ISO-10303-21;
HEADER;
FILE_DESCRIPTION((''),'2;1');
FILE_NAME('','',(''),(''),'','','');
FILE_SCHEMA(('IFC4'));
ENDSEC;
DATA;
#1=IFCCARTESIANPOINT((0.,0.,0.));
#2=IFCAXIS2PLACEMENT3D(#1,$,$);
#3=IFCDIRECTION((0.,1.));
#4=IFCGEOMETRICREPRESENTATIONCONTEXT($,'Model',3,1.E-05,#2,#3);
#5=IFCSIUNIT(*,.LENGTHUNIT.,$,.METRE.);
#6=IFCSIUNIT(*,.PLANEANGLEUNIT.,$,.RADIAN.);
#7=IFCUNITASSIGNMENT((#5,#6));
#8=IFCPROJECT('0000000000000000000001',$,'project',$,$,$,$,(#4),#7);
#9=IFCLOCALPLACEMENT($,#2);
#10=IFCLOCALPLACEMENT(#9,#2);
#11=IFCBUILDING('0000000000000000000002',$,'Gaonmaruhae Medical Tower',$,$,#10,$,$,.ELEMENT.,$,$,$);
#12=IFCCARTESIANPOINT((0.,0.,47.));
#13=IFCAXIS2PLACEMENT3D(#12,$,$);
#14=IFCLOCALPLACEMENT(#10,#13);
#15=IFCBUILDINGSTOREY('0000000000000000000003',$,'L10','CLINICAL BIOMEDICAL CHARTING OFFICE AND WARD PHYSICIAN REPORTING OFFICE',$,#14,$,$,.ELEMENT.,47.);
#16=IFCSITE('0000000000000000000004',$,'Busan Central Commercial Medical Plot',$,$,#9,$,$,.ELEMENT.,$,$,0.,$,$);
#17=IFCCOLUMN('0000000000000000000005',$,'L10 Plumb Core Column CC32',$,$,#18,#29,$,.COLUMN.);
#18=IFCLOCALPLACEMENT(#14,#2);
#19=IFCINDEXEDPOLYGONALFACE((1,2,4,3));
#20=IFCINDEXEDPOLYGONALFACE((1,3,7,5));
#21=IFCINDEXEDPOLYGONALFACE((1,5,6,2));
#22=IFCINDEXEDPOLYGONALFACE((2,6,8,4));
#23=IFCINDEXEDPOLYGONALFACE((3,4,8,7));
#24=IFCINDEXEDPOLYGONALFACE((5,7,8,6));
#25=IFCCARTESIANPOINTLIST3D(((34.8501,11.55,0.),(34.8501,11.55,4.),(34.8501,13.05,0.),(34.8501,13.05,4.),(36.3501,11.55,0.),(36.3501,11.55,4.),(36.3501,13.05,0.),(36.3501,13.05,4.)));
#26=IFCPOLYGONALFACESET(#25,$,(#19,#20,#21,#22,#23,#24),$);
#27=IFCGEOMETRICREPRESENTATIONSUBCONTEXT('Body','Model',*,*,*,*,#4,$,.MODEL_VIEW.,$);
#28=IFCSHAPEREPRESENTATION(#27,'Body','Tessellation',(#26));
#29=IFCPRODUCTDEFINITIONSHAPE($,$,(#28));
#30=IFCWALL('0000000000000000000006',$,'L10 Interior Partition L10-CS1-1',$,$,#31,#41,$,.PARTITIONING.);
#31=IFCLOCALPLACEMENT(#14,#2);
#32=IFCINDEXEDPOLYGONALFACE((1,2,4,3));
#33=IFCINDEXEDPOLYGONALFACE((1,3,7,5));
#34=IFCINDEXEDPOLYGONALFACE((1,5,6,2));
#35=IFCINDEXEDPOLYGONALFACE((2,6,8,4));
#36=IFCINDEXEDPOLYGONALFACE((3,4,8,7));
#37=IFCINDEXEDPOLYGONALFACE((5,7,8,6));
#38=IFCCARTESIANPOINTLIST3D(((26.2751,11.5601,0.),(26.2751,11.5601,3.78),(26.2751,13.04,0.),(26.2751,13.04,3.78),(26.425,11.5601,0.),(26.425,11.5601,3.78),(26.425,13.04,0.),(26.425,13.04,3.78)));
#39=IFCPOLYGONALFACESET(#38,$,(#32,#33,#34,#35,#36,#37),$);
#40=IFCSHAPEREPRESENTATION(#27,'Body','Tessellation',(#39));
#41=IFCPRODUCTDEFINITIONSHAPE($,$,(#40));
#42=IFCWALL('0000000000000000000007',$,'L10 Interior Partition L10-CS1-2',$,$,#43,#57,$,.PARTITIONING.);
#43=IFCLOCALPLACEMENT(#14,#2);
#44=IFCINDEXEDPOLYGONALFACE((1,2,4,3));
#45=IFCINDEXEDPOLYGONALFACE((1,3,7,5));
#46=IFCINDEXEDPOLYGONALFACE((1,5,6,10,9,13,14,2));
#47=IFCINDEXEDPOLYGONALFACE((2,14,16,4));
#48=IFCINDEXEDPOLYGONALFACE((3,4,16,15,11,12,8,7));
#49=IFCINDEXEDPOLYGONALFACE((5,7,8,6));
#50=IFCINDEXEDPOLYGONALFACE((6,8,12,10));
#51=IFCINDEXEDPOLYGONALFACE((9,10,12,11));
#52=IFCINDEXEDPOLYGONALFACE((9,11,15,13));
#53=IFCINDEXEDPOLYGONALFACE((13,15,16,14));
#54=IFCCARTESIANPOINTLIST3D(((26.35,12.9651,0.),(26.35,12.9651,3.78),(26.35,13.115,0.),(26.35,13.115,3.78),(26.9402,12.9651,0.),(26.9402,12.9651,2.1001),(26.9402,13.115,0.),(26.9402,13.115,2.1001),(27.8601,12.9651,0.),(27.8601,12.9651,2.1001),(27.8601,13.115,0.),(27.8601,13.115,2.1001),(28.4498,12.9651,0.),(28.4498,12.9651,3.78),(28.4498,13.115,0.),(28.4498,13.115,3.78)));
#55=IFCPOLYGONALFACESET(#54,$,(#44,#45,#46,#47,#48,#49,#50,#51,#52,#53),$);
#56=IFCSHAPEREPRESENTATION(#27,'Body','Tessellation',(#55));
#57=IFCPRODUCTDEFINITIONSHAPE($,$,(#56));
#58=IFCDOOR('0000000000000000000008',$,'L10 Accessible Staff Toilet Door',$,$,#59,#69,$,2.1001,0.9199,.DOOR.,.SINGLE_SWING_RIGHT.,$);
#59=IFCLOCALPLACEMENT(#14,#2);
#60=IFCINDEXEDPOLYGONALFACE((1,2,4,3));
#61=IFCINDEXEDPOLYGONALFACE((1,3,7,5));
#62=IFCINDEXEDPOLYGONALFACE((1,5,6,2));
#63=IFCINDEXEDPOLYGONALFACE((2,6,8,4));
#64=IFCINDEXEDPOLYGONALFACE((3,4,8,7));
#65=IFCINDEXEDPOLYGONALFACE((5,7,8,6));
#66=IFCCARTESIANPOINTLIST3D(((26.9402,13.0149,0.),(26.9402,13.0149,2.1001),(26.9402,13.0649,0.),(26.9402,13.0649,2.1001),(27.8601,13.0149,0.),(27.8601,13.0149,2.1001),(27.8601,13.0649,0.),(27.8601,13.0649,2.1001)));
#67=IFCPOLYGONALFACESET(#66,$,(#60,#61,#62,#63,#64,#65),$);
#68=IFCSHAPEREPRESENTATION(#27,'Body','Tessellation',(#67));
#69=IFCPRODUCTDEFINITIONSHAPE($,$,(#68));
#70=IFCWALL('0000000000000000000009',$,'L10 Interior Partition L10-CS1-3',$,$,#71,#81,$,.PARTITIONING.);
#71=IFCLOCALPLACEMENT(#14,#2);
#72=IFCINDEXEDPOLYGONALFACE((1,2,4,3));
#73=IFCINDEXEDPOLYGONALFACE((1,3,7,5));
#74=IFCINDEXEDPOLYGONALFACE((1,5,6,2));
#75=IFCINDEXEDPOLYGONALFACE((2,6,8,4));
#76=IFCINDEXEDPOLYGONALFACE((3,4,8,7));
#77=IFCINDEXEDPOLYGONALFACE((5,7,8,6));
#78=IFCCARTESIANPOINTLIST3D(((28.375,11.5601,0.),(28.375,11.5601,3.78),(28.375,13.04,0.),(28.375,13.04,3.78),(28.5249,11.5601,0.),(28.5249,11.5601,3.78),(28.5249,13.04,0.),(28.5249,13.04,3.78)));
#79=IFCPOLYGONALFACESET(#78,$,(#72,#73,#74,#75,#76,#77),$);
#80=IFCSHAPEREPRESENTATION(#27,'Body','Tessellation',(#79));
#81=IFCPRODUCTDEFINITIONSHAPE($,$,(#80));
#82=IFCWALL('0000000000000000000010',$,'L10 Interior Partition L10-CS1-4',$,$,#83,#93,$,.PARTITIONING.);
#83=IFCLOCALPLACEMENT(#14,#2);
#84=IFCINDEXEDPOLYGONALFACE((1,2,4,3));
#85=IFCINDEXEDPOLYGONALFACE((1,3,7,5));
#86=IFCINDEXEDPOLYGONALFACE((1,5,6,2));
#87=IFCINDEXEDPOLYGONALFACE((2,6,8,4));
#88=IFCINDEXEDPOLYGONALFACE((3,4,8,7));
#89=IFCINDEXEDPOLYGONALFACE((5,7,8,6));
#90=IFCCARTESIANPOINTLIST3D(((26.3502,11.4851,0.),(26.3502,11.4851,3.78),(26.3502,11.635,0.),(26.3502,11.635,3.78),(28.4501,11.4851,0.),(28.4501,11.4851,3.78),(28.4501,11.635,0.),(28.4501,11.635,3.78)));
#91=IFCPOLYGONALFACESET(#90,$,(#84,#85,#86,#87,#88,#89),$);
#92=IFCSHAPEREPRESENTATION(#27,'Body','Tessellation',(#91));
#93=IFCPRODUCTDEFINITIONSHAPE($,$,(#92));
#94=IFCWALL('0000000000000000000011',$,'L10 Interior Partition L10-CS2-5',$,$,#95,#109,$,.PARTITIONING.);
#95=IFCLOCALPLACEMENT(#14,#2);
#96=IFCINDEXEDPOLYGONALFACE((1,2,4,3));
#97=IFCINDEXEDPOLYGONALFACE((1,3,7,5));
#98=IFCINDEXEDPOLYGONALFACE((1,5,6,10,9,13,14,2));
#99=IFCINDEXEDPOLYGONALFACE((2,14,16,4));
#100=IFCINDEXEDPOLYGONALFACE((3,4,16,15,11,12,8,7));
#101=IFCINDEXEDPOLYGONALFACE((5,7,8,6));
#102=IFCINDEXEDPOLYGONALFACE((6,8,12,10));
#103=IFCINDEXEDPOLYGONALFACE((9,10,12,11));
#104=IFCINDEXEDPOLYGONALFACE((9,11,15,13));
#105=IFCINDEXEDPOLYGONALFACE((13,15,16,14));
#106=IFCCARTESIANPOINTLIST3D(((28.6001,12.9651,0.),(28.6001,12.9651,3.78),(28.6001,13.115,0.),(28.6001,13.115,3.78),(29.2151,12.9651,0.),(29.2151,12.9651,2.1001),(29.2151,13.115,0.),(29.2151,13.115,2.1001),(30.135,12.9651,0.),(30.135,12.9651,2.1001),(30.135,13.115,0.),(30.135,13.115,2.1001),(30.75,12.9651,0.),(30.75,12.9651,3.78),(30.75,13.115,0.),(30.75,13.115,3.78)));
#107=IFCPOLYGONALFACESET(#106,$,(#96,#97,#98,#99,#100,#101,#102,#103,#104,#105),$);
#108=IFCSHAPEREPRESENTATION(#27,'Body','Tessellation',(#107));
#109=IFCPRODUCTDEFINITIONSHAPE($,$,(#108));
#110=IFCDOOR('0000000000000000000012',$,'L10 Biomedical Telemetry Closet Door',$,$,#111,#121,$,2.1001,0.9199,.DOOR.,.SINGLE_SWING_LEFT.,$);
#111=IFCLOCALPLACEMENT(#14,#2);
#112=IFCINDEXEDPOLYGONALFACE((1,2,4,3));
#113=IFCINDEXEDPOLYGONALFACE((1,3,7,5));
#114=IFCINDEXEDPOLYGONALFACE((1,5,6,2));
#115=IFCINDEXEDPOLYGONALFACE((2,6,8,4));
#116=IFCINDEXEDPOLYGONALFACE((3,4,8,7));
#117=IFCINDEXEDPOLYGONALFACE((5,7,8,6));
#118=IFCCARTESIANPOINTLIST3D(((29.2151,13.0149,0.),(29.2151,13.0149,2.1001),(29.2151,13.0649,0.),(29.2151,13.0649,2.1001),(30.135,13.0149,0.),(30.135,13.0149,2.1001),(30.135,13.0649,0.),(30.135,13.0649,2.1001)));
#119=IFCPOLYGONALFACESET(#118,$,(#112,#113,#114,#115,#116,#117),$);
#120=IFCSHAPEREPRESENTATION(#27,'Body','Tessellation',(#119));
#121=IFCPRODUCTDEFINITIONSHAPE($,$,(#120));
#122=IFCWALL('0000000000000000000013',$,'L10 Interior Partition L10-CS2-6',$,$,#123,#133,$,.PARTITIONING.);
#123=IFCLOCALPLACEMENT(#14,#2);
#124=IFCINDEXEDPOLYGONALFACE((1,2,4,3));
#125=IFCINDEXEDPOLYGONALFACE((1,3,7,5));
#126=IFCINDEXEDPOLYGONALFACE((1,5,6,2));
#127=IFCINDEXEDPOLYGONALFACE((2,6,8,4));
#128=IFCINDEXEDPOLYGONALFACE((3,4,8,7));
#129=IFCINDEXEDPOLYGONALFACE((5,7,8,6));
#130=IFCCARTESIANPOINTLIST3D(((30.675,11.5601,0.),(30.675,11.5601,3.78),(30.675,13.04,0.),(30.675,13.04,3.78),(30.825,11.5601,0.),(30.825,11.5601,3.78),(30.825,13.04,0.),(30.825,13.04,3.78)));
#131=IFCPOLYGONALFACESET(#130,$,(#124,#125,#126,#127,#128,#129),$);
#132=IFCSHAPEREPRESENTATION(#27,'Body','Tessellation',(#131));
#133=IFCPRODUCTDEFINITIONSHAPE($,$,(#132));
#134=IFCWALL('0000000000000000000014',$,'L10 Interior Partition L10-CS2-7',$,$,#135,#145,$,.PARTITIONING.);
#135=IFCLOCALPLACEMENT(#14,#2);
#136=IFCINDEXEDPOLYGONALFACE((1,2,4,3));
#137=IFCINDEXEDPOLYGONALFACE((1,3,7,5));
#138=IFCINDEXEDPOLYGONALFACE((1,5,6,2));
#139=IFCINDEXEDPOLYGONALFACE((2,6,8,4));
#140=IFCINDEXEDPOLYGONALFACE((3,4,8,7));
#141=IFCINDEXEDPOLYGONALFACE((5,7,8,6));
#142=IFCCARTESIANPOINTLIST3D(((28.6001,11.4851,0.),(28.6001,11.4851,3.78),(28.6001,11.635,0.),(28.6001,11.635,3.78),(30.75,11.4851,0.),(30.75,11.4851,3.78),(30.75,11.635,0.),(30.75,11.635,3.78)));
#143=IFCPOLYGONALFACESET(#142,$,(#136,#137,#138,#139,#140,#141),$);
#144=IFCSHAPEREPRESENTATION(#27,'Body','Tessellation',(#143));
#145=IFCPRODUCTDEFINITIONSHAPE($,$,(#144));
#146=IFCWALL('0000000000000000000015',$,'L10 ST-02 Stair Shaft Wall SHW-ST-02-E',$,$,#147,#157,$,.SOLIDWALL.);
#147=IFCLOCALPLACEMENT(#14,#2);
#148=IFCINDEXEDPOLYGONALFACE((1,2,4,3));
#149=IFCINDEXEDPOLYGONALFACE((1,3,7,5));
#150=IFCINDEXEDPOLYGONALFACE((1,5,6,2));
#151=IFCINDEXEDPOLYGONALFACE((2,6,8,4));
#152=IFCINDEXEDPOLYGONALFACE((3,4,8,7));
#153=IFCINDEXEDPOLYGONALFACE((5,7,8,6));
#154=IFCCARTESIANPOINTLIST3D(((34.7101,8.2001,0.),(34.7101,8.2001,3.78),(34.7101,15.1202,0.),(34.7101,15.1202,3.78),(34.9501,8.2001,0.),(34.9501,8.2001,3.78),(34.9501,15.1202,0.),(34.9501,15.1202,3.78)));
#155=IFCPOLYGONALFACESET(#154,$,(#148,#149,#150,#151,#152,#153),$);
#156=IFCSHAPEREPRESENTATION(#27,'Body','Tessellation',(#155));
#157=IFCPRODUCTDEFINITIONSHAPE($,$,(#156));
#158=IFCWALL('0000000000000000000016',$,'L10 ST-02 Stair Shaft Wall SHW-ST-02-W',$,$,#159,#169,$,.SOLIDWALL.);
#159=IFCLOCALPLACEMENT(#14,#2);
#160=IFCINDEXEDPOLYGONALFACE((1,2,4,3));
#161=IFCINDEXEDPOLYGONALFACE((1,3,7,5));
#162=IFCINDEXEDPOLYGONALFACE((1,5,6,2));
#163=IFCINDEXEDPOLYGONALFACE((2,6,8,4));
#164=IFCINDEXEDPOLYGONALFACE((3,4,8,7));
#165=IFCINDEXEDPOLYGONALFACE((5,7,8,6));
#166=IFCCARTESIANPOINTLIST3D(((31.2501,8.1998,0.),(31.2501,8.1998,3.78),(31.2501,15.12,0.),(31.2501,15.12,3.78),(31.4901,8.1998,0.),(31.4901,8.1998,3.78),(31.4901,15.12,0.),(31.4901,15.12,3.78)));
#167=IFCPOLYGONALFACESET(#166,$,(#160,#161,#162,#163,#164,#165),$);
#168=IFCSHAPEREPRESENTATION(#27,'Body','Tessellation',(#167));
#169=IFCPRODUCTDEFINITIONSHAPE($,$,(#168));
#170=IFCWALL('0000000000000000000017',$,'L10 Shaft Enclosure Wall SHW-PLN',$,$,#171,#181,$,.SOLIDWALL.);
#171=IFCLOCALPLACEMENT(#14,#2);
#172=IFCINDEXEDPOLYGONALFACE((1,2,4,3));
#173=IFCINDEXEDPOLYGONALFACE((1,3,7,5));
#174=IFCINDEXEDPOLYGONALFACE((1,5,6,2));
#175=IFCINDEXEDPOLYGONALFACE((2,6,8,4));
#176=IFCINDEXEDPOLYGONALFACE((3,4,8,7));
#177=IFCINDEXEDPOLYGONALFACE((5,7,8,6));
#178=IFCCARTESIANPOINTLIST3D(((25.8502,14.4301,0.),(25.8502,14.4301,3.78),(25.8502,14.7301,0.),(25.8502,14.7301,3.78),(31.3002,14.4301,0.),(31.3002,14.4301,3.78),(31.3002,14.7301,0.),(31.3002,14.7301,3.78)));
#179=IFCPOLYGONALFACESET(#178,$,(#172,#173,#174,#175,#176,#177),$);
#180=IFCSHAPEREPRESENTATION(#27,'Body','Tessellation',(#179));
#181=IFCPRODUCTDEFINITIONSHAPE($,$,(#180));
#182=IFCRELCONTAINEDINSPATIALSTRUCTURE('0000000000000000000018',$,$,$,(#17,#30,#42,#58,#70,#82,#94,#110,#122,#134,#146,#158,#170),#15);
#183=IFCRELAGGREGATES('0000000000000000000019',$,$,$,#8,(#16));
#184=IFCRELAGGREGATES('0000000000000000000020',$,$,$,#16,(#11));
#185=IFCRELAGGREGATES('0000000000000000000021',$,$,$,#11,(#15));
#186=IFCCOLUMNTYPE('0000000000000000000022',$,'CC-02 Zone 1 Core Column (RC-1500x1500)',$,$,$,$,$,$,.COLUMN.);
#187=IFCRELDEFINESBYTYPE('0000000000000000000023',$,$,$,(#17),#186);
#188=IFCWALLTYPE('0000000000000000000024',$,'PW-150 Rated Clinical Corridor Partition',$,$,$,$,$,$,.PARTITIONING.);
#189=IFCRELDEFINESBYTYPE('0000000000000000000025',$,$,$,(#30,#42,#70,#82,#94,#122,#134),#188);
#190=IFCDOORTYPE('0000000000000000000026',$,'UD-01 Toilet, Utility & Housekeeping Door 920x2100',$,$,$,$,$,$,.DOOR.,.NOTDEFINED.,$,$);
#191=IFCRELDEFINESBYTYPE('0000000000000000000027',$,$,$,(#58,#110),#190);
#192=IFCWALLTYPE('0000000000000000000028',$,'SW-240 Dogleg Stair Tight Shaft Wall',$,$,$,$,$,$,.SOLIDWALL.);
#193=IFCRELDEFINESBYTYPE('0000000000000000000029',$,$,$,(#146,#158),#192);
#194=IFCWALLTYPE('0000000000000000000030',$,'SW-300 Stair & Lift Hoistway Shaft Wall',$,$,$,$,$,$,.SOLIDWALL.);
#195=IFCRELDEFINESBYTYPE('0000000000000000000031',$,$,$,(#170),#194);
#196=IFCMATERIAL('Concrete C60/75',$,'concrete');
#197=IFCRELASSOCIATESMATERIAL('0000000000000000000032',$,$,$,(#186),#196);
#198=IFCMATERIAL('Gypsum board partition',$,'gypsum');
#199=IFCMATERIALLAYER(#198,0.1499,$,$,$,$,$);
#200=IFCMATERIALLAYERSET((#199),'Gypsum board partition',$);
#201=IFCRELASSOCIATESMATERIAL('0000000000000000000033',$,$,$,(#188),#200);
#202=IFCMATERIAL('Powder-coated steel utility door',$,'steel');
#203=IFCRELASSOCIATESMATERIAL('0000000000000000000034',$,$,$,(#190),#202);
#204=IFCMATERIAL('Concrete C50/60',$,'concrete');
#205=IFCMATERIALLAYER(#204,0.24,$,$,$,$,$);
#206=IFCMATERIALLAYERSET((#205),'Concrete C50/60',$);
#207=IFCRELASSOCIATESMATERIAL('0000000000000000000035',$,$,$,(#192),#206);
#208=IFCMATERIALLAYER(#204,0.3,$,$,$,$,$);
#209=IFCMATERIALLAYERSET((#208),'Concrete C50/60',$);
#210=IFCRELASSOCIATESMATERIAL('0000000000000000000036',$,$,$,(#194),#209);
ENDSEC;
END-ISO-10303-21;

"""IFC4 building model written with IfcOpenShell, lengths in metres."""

from ifc_helpers import new_model, si_unit, direction, frame, frame_2d, origin, origin_2d, place, context, subcontext, project, spatial, rectangle, extrude, material, layer, layer_set, material_profile, profile_set, type_object, element, fill, save


model = new_model("IFC4")

# Units and contexts
model_context = context("Model", 3, precision=1e-05, world=origin(), true_north=direction((0.0, 1.0)))
body_context = subcontext(model_context, "Body", "Model", "MODEL_VIEW")
ifc_project = project(units=[si_unit("LENGTHUNIT", "METRE"), si_unit("PLANEANGLEUNIT", "RADIAN")], contexts=[model_context])

# Site, building, storey
site_placement = place(None, origin())
site = spatial("IfcSite", under=ifc_project, at=site_placement, Name="Busan Central Commercial Medical Plot", CompositionType="ELEMENT", RefElevation=0.0)
building_placement = place(site_placement, origin())
building = spatial("IfcBuilding", under=site, at=building_placement, Name="Gaonmaruhae Medical Tower", CompositionType="ELEMENT")
storey_placement = place(building_placement, frame((0.0, 0.0, 47.0)))
storey = spatial("IfcBuildingStorey", under=building, at=storey_placement, Name="L10", Description="CLINICAL BIOMEDICAL CHARTING OFFICE AND WARD PHYSICIAN REPORTING OFFICE", CompositionType="ELEMENT", Elevation=47.0)

# Column
ifc_material_1 = material(Name="Concrete C60/75", Category="concrete")
ifc_material_profile = material_profile(ifc_material_1, rectangle(XDim=1.5, YDim=1.5, at=origin_2d()), Name="RC-1500x1500")
ifc_profile_set = profile_set([ifc_material_profile], Name="Concrete C60/75")
column_type = type_object("IfcColumnType", Name="CC-02 Zone 1 Core Column (RC-1500x1500)", PredefinedType="COLUMN", material=ifc_profile_set)
column_placement = place(storey_placement, frame((35.6001, 12.3, 0.0), z_axis=(0.0, 0.0, 1.0), x_axis=(1.0, 0.0, 0.0)))
element("IfcColumn", 1, at=column_placement, inside=storey, type_object=column_type, Name="L10 Plumb Core Column CC32", PredefinedType="COLUMN", context=body_context, shape_type="SweptSolid", body=[
    extrude(rectangle(XDim=1.5, YDim=1.5, at=origin_2d()), origin(), (0.0, 0.0, 1.0), 4.0),
])

# Wall
ifc_material_2 = material(Name="Gypsum board partition", Category="gypsum")
ifc_layer_1 = layer(ifc_material_2, 0.1499)
ifc_layer_set_1 = layer_set([ifc_layer_1], Name="Gypsum board partition")
wall_type_1 = type_object("IfcWallType", Name="PW-150 Rated Clinical Corridor Partition", PredefinedType="PARTITIONING", material=ifc_layer_set_1)
wall_1_placement = place(storey_placement, frame((26.3501, 11.5601, 0.0), z_axis=(0.0, 0.0, 1.0), x_axis=(0.0, 1.0, 0.0)))
element("IfcWall", 2, at=wall_1_placement, inside=storey, type_object=wall_type_1, Name="L10 Interior Partition L10-CS1-1", PredefinedType="PARTITIONING", context=body_context, shape_type="SweptSolid", body=[
    extrude(rectangle(XDim=1.48, YDim=0.1499, at=frame_2d((0.74, 0.0))), origin(), (0.0, 0.0, 1.0), 3.78),
])

# Wall, opening, door
wall_2_placement = place(storey_placement, frame((26.3501, 13.04, 0.0), z_axis=(0.0, 0.0, 1.0), x_axis=(1.0, 0.0, 0.0)))
wall_2 = element("IfcWall", 3, at=wall_2_placement, inside=storey, type_object=wall_type_1, Name="L10 Interior Partition L10-CS1-2", PredefinedType="PARTITIONING", context=body_context, shape_type="SweptSolid", body=[
    extrude(rectangle(XDim=2.0999, YDim=0.1499, at=frame_2d((1.0498, 0.0))), origin(), (0.0, 0.0, 1.0), 3.78),
])
opening_1_placement = place(wall_2_placement, frame((0.5901, 0.0, 0.0)))
opening_1 = element("IfcOpeningElement", 4, at=opening_1_placement, cuts=wall_2, PredefinedType="OPENING", context=body_context, shape_type="SweptSolid", body=[
    extrude(rectangle(XDim=0.9199, YDim=2.1001, at=frame_2d((0.46, 1.05))), frame((0.0, 0.085, 0.0), z_axis=(0.0, -1.0, 0.0), x_axis=(1.0, 0.0, 0.0)), (0.0, 0.0, 1.0), 0.1699),
])
ifc_material_3 = material(Name="Powder-coated steel utility door", Category="steel")
door_type_1 = type_object("IfcDoorType", Name="UD-01 Toilet, Utility & Housekeeping Door 920x2100", OperationType="NOTDEFINED", PredefinedType="DOOR", material=ifc_material_3)
door_1_placement = place(opening_1_placement, origin())
door_1 = element("IfcDoor", 5, at=door_1_placement, inside=storey, type_object=door_type_1, Name="L10 Accessible Staff Toilet Door", OperationType="SINGLE_SWING_RIGHT", OverallHeight=2.1001, OverallWidth=0.9199, PredefinedType="DOOR", context=body_context, shape_type="SweptSolid", body=[
    extrude(rectangle(XDim=0.9199, YDim=2.1001, at=frame_2d((0.46, 1.05))), frame((0.0, 0.0249, 0.0), z_axis=(0.0, -1.0, 0.0), x_axis=(1.0, 0.0, 0.0)), (0.0, 0.0, 1.0), 0.05),
])
fill(opening_1, door_1)

# Walls
wall_3_placement = place(storey_placement, frame((28.45, 13.04, 0.0), z_axis=(0.0, 0.0, 1.0), x_axis=(0.0, -1.0, 0.0)))
element("IfcWall", 6, at=wall_3_placement, inside=storey, type_object=wall_type_1, Name="L10 Interior Partition L10-CS1-3", PredefinedType="PARTITIONING", context=body_context, shape_type="SweptSolid", body=[
    extrude(rectangle(XDim=1.48, YDim=0.1499, at=frame_2d((0.74, 0.0))), origin(), (0.0, 0.0, 1.0), 3.78),
])
wall_4_placement = place(storey_placement, frame((28.45, 11.5601, 0.0), z_axis=(0.0, 0.0, 1.0), x_axis=(-1.0, 0.0, 0.0)))
element("IfcWall", 7, at=wall_4_placement, inside=storey, type_object=wall_type_1, Name="L10 Interior Partition L10-CS1-4", PredefinedType="PARTITIONING", context=body_context, shape_type="SweptSolid", body=[
    extrude(rectangle(XDim=2.0999, YDim=0.1499, at=frame_2d((1.0498, 0.0))), origin(), (0.0, 0.0, 1.0), 3.78),
])

# Wall, opening, door
wall_5_placement = place(storey_placement, frame((28.6001, 13.04, 0.0), z_axis=(0.0, 0.0, 1.0), x_axis=(1.0, 0.0, 0.0)))
wall_5 = element("IfcWall", 8, at=wall_5_placement, inside=storey, type_object=wall_type_1, Name="L10 Interior Partition L10-CS2-5", PredefinedType="PARTITIONING", context=body_context, shape_type="SweptSolid", body=[
    extrude(rectangle(XDim=2.1499, YDim=0.1499, at=frame_2d((1.075, 0.0))), origin(), (0.0, 0.0, 1.0), 3.78),
])
opening_2_placement = place(wall_5_placement, frame((0.615, 0.0, 0.0)))
opening_2 = element("IfcOpeningElement", 9, at=opening_2_placement, cuts=wall_5, PredefinedType="OPENING", context=body_context, shape_type="SweptSolid", body=[
    extrude(rectangle(XDim=0.9199, YDim=2.1001, at=frame_2d((0.46, 1.05))), frame((0.0, 0.085, 0.0), z_axis=(0.0, -1.0, 0.0), x_axis=(1.0, 0.0, 0.0)), (0.0, 0.0, 1.0), 0.1699),
])
door_2_placement = place(opening_2_placement, origin())
door_2 = element("IfcDoor", 10, at=door_2_placement, inside=storey, type_object=door_type_1, Name="L10 Biomedical Telemetry Closet Door", OperationType="SINGLE_SWING_LEFT", OverallHeight=2.1001, OverallWidth=0.9199, PredefinedType="DOOR", context=body_context, shape_type="SweptSolid", body=[
    extrude(rectangle(XDim=0.9199, YDim=2.1001, at=frame_2d((0.46, 1.05))), frame((0.0, 0.0249, 0.0), z_axis=(0.0, -1.0, 0.0), x_axis=(1.0, 0.0, 0.0)), (0.0, 0.0, 1.0), 0.05),
])
fill(opening_2, door_2)

# Walls
wall_6_placement = place(storey_placement, frame((30.75, 13.04, 0.0), z_axis=(0.0, 0.0, 1.0), x_axis=(0.0, -1.0, 0.0)))
element("IfcWall", 11, at=wall_6_placement, inside=storey, type_object=wall_type_1, Name="L10 Interior Partition L10-CS2-6", PredefinedType="PARTITIONING", context=body_context, shape_type="SweptSolid", body=[
    extrude(rectangle(XDim=1.48, YDim=0.1499, at=frame_2d((0.74, 0.0))), origin(), (0.0, 0.0, 1.0), 3.78),
])
wall_7_placement = place(storey_placement, frame((30.75, 11.5601, 0.0), z_axis=(0.0, 0.0, 1.0), x_axis=(-1.0, 0.0, 0.0)))
element("IfcWall", 12, at=wall_7_placement, inside=storey, type_object=wall_type_1, Name="L10 Interior Partition L10-CS2-7", PredefinedType="PARTITIONING", context=body_context, shape_type="SweptSolid", body=[
    extrude(rectangle(XDim=2.1499, YDim=0.1499, at=frame_2d((1.075, 0.0))), origin(), (0.0, 0.0, 1.0), 3.78),
])

# Shared definitions
ifc_material_4 = material(Name="Concrete C50/60", Category="concrete")
ifc_layer_2 = layer(ifc_material_4, 0.24)
ifc_layer_set_2 = layer_set([ifc_layer_2], Name="Concrete C50/60")
wall_type_2 = type_object("IfcWallType", Name="SW-240 Dogleg Stair Tight Shaft Wall", PredefinedType="SOLIDWALL", material=ifc_layer_set_2)

# Walls
for number, where, z_axis, x_axis, name in (
    (13, (34.8301, 15.1201, 0.0), (0.0, 0.0, 1.0), (0.0, -1.0, 0.0), "L10 ST-02 Stair Shaft Wall SHW-ST-02-E"),
    (14, (31.3701, 8.2, 0.0), (0.0, 0.0, 1.0), (0.0, 1.0, 0.0), "L10 ST-02 Stair Shaft Wall SHW-ST-02-W"),
):
    element("IfcWall", number, at=place(storey_placement, frame(where, z_axis=z_axis, x_axis=x_axis)), inside=storey, type_object=wall_type_2, Name=name, PredefinedType="SOLIDWALL", context=body_context, shape_type="SweptSolid", body=[
        extrude(rectangle(XDim=6.9202, YDim=0.24, at=frame_2d((3.46, 0.0))), origin(), (0.0, 0.0, 1.0), 3.78),
    ])

# Shared definitions
ifc_layer_3 = layer(ifc_material_4, 0.3)
ifc_layer_set_3 = layer_set([ifc_layer_3], Name="Concrete C50/60")
wall_type_3 = type_object("IfcWallType", Name="SW-300 Stair & Lift Hoistway Shaft Wall", PredefinedType="SOLIDWALL", material=ifc_layer_set_3)

# Wall
wall_8_placement = place(storey_placement, frame((25.8501, 14.5801, 0.0), z_axis=(0.0, 0.0, 1.0), x_axis=(1.0, 0.0, 0.0)))
element("IfcWall", 15, at=wall_8_placement, inside=storey, type_object=wall_type_3, Name="L10 Shaft Enclosure Wall SHW-PLN", PredefinedType="SOLIDWALL", context=body_context, shape_type="SweptSolid", body=[
    extrude(rectangle(XDim=5.45, YDim=0.3, at=frame_2d((2.7251, 0.0))), origin(), (0.0, 0.0, 1.0), 3.78),
])

save(model, "model.ifc")
